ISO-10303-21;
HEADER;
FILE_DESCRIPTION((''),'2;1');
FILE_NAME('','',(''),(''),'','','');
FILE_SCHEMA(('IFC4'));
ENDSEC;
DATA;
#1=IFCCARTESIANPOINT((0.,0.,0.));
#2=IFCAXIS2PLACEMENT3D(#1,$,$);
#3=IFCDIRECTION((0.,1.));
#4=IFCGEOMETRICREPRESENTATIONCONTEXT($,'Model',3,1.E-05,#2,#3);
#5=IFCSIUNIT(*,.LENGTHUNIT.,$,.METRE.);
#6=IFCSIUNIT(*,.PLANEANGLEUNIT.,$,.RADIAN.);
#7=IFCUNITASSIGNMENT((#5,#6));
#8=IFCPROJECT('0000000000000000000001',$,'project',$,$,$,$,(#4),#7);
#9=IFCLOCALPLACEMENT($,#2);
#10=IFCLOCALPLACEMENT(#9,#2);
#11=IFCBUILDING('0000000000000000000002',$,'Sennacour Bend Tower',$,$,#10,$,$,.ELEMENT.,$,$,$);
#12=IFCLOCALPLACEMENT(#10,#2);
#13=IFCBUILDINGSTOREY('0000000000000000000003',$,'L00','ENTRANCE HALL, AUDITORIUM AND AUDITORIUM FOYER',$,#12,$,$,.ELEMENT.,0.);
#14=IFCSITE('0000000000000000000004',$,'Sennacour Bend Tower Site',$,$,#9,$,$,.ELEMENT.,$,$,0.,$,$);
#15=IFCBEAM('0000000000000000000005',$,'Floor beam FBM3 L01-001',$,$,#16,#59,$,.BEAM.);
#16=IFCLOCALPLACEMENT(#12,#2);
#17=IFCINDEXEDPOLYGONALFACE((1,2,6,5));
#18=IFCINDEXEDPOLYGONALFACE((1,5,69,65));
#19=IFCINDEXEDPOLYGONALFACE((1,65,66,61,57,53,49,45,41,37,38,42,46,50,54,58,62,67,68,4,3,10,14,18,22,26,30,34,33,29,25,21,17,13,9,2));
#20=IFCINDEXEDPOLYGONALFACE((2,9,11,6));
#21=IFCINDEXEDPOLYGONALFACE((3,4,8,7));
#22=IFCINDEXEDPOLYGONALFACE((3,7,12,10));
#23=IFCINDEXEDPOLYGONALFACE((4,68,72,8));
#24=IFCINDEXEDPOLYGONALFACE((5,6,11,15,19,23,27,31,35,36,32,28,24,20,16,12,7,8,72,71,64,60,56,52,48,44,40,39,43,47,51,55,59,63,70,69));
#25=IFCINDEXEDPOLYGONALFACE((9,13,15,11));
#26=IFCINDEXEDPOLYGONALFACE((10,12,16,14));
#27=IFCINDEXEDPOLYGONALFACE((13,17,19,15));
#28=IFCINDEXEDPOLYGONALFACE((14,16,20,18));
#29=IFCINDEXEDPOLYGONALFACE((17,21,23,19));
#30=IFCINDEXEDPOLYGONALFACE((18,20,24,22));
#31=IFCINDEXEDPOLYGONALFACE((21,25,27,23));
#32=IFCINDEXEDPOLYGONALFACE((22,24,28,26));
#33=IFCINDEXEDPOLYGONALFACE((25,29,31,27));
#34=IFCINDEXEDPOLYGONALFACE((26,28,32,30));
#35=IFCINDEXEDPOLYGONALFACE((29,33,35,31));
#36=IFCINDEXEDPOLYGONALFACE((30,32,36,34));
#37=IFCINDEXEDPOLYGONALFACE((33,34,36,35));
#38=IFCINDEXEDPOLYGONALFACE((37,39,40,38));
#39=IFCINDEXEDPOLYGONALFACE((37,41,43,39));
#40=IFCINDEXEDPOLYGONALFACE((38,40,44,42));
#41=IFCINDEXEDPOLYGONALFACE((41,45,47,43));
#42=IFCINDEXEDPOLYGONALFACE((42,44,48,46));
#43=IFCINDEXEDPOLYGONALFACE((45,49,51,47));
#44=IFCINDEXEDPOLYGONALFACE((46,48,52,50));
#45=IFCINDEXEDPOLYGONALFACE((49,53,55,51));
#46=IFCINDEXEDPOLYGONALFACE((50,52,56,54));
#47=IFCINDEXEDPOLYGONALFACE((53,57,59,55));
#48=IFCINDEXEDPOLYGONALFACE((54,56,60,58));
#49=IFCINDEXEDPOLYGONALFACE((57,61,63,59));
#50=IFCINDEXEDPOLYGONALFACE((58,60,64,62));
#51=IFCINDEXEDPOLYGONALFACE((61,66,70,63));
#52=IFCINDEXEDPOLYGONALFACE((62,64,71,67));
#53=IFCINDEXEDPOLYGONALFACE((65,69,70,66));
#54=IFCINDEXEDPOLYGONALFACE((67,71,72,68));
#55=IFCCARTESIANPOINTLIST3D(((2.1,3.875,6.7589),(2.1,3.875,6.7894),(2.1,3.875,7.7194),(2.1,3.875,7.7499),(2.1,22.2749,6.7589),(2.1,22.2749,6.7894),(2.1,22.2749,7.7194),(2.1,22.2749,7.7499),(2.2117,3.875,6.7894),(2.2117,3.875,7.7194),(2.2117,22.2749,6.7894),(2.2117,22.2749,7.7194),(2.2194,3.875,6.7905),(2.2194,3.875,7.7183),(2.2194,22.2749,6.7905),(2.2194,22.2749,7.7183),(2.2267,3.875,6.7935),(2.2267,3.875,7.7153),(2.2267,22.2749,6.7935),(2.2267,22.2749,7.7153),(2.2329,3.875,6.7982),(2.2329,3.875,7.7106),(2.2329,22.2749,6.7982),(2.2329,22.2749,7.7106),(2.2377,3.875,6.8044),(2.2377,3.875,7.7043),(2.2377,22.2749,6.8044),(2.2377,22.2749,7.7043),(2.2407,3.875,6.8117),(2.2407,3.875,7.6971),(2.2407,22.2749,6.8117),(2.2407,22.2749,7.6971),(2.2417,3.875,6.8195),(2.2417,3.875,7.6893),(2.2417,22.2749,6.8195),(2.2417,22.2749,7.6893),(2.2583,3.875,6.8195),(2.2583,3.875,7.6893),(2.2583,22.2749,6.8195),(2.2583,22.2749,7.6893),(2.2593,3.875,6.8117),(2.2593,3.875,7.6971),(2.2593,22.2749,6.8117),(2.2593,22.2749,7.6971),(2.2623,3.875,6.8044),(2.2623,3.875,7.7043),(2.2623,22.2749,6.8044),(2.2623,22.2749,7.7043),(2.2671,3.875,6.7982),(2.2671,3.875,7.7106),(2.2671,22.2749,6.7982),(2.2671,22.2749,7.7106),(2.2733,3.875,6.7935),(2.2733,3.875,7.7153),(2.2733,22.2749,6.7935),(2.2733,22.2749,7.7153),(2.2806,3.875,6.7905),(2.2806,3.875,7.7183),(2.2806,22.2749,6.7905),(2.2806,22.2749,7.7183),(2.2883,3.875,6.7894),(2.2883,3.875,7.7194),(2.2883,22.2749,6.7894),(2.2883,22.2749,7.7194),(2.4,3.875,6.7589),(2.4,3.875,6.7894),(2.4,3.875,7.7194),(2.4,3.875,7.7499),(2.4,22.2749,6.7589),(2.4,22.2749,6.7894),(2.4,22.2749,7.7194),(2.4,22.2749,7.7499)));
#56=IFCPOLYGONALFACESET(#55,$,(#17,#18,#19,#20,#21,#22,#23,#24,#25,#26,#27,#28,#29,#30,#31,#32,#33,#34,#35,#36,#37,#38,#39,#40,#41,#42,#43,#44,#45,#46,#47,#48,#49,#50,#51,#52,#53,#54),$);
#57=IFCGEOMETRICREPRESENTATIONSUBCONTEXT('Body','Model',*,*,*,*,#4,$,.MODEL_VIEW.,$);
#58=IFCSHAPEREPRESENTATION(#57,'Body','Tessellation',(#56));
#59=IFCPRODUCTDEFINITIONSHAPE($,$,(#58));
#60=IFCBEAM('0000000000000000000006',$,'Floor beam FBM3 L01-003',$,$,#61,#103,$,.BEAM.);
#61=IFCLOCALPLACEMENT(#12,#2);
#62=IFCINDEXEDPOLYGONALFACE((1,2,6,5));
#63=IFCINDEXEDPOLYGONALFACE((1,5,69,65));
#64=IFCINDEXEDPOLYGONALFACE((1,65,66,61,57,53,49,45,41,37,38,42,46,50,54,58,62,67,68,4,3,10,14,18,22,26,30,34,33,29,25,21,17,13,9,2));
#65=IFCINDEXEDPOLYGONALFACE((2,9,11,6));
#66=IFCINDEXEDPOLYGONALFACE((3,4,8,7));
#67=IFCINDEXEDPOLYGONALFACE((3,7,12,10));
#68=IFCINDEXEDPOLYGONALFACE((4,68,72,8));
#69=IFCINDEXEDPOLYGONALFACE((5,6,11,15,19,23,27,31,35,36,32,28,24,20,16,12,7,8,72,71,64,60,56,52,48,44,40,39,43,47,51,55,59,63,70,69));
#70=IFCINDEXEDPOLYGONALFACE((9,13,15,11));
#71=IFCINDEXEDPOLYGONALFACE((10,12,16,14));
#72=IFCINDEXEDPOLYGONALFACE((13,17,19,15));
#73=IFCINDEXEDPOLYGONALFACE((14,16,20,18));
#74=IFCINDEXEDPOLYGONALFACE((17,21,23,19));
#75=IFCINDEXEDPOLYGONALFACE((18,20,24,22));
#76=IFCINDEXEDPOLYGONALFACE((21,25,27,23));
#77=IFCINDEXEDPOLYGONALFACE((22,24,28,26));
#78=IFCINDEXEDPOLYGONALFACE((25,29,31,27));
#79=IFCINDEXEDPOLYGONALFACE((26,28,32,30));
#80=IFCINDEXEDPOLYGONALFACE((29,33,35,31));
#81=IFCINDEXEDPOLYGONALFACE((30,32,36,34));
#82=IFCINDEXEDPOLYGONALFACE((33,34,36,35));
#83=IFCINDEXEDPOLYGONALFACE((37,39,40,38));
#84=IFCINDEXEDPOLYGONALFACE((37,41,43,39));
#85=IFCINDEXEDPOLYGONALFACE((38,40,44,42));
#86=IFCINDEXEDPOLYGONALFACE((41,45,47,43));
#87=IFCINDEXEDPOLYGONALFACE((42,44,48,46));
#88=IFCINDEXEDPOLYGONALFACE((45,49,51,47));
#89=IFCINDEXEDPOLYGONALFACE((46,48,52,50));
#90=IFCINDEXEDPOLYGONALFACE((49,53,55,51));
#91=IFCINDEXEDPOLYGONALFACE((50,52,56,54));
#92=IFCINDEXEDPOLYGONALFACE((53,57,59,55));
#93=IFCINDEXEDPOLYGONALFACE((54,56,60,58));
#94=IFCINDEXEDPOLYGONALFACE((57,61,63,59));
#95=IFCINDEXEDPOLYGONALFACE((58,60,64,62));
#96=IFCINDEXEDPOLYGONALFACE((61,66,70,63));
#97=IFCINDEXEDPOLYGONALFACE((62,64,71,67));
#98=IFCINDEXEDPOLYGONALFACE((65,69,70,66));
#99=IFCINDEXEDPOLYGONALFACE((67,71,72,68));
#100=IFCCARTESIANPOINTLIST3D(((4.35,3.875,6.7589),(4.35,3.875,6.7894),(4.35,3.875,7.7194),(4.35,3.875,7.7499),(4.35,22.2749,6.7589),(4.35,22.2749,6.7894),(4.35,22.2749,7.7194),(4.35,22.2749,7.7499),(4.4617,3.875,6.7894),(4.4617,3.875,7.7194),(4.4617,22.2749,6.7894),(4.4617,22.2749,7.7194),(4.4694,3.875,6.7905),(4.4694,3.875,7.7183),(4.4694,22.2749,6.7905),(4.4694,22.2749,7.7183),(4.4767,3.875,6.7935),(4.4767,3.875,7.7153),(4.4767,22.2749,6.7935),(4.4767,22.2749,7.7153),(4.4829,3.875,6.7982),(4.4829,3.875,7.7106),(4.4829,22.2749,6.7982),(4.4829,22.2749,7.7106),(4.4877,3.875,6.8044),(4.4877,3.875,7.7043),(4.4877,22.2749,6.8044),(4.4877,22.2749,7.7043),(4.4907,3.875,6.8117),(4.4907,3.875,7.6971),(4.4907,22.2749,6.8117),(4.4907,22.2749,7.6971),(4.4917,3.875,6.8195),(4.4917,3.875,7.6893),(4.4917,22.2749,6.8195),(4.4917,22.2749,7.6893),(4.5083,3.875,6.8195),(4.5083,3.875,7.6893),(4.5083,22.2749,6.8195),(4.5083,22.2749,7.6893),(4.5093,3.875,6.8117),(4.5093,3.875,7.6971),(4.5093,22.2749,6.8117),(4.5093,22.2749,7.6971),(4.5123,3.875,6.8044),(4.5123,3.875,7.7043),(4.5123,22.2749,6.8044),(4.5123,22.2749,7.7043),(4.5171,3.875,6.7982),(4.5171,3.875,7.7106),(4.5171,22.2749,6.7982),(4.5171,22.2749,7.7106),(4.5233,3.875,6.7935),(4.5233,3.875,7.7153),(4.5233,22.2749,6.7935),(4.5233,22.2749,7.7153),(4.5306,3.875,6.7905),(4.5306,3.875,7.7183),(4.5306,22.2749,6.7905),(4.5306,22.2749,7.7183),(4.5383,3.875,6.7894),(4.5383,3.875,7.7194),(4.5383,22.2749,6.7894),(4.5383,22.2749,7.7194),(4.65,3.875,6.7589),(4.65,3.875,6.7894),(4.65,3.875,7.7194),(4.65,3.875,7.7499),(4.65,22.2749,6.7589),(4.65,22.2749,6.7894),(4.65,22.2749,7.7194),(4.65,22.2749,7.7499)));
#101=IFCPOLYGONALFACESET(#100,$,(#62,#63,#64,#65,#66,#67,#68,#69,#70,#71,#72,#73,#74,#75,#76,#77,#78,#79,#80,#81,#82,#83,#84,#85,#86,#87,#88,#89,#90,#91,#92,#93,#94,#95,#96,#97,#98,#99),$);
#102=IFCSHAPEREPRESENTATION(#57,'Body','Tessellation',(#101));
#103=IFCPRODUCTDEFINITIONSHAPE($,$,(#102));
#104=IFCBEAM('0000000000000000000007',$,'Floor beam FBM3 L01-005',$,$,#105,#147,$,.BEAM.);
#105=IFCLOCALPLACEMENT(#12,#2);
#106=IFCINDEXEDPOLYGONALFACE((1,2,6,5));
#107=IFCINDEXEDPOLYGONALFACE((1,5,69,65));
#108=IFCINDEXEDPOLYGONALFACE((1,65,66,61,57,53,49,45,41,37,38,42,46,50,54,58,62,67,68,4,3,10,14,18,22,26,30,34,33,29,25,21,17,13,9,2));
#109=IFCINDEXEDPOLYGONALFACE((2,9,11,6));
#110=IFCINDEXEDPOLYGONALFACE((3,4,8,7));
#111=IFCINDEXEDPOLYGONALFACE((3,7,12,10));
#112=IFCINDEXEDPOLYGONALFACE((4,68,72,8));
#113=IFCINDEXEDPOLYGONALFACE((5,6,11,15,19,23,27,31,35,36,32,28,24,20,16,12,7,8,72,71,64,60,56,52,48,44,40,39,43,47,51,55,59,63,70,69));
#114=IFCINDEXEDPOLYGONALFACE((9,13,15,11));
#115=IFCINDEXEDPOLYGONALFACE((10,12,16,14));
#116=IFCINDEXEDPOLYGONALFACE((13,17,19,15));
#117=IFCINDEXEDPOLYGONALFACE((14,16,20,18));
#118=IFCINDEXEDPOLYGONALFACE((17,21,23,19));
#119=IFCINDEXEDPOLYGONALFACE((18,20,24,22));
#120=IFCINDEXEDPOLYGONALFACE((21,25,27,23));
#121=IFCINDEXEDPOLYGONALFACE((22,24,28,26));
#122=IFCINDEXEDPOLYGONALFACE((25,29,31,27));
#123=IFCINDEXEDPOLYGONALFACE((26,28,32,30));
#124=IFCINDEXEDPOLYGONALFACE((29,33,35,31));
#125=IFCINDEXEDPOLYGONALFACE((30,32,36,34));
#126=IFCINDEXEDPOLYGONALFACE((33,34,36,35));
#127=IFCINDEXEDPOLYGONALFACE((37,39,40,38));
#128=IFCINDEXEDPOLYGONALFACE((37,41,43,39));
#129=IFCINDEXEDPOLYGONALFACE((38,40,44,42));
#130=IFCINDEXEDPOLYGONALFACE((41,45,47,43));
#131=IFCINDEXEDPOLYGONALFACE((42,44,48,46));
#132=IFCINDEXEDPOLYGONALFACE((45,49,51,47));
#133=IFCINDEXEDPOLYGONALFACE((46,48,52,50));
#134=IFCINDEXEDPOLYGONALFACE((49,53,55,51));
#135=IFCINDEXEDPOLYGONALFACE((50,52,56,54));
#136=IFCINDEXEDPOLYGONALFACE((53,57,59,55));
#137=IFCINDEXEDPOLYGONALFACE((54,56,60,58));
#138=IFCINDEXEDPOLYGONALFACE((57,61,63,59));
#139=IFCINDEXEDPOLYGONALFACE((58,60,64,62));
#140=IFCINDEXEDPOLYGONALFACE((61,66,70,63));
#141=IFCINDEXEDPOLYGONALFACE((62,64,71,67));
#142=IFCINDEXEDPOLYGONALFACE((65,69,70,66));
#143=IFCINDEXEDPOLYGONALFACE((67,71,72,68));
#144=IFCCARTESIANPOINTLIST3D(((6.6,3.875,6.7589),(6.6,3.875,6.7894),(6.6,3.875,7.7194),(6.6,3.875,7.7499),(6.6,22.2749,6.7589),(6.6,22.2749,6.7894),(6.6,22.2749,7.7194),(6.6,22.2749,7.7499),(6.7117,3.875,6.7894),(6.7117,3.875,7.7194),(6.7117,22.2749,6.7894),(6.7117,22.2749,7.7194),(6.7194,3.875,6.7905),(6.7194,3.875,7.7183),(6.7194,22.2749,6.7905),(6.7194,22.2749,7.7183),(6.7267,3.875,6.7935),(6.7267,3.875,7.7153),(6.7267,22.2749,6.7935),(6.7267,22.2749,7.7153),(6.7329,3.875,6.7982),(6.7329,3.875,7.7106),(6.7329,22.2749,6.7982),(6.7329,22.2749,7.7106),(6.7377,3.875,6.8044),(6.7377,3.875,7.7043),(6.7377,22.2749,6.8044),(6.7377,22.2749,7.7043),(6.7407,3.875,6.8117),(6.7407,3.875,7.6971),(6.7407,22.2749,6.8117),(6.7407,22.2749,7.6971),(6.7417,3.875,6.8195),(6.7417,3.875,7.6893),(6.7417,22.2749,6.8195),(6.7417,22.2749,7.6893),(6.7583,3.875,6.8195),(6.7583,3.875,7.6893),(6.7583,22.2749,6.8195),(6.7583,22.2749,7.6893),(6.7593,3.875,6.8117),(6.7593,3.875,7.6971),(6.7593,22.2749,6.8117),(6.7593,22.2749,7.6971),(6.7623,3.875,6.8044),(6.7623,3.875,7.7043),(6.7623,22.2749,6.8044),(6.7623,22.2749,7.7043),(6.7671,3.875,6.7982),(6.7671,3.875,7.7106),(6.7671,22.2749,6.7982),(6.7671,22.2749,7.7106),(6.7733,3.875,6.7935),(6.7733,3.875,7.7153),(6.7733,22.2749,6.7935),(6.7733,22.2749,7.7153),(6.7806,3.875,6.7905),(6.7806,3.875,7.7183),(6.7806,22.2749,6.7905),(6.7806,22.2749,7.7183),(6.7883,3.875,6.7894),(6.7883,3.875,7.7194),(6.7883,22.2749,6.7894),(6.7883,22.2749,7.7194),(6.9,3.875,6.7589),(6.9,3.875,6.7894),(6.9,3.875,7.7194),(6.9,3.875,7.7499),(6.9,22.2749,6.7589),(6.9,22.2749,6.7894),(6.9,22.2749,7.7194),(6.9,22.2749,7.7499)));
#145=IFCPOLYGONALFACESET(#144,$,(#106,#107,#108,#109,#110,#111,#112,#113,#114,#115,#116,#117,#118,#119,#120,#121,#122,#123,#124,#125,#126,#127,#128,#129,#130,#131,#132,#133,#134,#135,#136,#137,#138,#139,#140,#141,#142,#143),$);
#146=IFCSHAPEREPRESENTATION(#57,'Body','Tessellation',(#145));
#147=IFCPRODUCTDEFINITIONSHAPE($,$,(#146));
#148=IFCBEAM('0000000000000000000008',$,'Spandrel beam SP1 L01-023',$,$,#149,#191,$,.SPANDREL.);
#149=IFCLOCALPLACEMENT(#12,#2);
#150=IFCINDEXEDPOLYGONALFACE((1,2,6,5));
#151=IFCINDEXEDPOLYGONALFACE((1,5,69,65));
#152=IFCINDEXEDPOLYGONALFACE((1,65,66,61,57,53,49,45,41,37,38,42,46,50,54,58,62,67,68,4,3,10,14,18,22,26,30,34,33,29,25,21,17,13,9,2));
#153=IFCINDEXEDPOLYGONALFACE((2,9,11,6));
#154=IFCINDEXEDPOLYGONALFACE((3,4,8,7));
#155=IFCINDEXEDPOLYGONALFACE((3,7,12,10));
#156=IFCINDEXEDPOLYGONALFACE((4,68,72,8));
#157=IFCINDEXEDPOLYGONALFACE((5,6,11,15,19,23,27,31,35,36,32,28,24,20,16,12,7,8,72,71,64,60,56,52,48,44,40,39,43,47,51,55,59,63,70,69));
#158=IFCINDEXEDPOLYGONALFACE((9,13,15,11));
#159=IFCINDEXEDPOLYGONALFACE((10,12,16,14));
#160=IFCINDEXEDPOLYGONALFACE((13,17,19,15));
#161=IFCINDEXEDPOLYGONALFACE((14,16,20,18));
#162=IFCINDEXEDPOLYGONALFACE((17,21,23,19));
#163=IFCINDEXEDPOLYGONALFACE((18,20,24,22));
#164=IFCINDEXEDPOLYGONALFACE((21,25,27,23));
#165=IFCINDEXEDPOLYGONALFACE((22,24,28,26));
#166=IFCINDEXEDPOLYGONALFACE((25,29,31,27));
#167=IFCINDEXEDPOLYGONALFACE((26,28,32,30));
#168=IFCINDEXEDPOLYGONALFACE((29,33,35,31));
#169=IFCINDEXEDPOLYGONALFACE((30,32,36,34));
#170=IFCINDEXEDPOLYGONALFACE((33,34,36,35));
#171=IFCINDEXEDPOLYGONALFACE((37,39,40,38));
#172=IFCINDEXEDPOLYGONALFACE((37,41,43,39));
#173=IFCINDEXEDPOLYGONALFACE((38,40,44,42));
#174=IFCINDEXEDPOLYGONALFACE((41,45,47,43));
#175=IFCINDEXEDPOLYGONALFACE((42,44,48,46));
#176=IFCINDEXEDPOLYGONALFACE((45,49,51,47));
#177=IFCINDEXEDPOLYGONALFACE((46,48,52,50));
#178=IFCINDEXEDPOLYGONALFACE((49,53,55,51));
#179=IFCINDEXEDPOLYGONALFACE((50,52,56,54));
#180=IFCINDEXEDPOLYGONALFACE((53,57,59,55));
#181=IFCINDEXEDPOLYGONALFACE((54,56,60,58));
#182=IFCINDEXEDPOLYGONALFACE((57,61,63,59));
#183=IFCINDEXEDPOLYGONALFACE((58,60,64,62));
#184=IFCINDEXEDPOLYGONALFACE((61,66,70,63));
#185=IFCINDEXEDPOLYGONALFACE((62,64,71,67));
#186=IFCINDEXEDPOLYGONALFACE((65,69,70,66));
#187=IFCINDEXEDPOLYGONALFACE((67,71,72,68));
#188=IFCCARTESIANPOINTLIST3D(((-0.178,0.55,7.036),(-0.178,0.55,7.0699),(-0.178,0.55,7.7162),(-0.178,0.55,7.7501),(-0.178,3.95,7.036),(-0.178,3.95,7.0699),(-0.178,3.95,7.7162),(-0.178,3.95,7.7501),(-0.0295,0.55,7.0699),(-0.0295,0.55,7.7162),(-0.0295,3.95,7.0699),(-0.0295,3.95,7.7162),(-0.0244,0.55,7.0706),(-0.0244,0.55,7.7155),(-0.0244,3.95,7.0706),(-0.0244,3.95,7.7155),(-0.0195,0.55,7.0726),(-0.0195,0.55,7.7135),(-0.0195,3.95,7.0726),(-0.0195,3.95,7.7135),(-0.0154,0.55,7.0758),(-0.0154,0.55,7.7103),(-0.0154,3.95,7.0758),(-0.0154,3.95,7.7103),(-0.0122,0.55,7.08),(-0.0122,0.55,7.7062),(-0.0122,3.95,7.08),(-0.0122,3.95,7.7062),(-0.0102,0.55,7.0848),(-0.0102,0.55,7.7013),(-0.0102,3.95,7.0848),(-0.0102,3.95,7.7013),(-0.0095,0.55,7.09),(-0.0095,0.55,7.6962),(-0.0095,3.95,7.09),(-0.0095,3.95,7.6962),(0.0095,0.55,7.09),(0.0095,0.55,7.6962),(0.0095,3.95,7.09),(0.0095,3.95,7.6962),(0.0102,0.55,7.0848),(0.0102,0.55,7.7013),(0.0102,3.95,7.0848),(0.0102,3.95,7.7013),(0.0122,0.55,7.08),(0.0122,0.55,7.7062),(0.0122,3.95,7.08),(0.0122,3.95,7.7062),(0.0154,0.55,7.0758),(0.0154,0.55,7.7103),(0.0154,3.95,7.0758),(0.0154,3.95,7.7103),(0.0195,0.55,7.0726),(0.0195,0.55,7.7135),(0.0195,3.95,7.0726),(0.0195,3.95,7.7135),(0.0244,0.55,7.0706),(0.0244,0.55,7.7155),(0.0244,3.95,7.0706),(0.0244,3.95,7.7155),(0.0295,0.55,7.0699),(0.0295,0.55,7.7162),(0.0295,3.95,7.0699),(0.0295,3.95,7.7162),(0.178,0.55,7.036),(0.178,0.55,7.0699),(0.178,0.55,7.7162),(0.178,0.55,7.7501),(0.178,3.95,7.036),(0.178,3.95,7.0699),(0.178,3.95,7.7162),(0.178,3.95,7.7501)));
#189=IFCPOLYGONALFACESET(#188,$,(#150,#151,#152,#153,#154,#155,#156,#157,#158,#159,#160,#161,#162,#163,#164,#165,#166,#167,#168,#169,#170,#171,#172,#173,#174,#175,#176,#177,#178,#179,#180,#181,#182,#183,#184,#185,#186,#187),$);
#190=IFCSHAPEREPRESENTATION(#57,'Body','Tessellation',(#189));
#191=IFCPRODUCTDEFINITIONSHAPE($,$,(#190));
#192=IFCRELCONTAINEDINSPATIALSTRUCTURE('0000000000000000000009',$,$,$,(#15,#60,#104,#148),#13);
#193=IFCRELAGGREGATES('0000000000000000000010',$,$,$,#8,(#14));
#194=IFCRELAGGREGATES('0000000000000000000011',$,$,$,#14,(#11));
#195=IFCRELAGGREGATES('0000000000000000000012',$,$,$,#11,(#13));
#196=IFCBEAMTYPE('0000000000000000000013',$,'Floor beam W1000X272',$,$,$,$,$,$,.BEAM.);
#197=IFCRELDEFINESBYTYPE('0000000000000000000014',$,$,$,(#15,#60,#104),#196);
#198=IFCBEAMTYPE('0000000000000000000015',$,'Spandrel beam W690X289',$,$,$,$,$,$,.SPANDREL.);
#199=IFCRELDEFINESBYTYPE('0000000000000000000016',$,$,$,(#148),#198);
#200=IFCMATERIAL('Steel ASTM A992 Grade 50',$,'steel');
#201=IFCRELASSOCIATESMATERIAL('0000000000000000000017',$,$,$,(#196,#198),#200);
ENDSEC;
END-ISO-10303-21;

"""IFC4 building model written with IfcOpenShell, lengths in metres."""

from ifc_helpers import new_model, si_unit, direction, frame, origin, origin_2d, place, context, subcontext, project, spatial, i_section, extrude, material, material_profile, profile_set, type_object, element, save


model = new_model("IFC4")

# Units and contexts
model_context = context("Model", 3, precision=1e-05, world=origin(), true_north=direction((0.0, 1.0)))
body_context = subcontext(model_context, "Body", "Model", "MODEL_VIEW")
ifc_project = project(units=[si_unit("LENGTHUNIT", "METRE"), si_unit("PLANEANGLEUNIT", "RADIAN")], contexts=[model_context])

# Site, building, storey
site_placement = place(None, origin())
site = spatial("IfcSite", under=ifc_project, at=site_placement, Name="Sennacour Bend Tower Site", CompositionType="ELEMENT", RefElevation=0.0)
building_placement = place(site_placement, origin())
building = spatial("IfcBuilding", under=site, at=building_placement, Name="Sennacour Bend Tower", CompositionType="ELEMENT")
storey_placement = place(building_placement, origin())
storey = spatial("IfcBuildingStorey", under=building, at=storey_placement, Name="L00", Description="ENTRANCE HALL, AUDITORIUM AND AUDITORIUM FOYER", CompositionType="ELEMENT", Elevation=0.0)

# Beams
ifc_material_1 = material(Name="Steel ASTM A992 Grade 50", Category="steel")
ifc_material_profile_1 = material_profile(ifc_material_1, i_section(OverallWidth=0.3, OverallDepth=0.991, WebThickness=0.0166, FlangeThickness=0.0305, FilletRadius=0.03, at=origin_2d()), Name="Steel ASTM A992 Grade 50", Category="steel")
ifc_profile_set_1 = profile_set([ifc_material_profile_1], Name="Steel ASTM A992 Grade 50")
beam_type_1 = type_object("IfcBeamType", Name="Floor beam W1000X272", PredefinedType="BEAM", material=ifc_profile_set_1)
for number, where, z_axis, x_axis, name in (
    (1, (2.25, 3.875, 7.2544), (0.0, 1.0, 0.0), (-1.0, 0.0, 0.0), "Floor beam FBM3 L01-001"),
    (2, (4.5, 3.875, 7.2544), (0.0, 1.0, 0.0), (-1.0, 0.0, 0.0), "Floor beam FBM3 L01-003"),
    (3, (6.75, 3.875, 7.2544), (0.0, 1.0, 0.0), (-1.0, 0.0, 0.0), "Floor beam FBM3 L01-005"),
):
    element("IfcBeam", number, at=place(storey_placement, frame(where, z_axis=z_axis, x_axis=x_axis)), inside=storey, type_object=beam_type_1, Name=name, PredefinedType="BEAM", context=body_context, shape_type="SweptSolid", body=[
        extrude(i_section(OverallWidth=0.3, OverallDepth=0.991, WebThickness=0.0166, FlangeThickness=0.0305, FilletRadius=0.03, at=origin_2d()), origin(), (0.0, 0.0, 1.0), 18.3999),
    ])
ifc_material_profile_2 = material_profile(ifc_material_1, i_section(OverallWidth=0.356, OverallDepth=0.7141, WebThickness=0.019, FlangeThickness=0.0339, FilletRadius=0.02, at=origin_2d()), Name="Steel ASTM A992 Grade 50", Category="steel")
ifc_profile_set_2 = profile_set([ifc_material_profile_2], Name="Steel ASTM A992 Grade 50")
beam_type_2 = type_object("IfcBeamType", Name="Spandrel beam W690X289", PredefinedType="SPANDREL", material=ifc_profile_set_2)
beam_placement = place(storey_placement, frame((0.0, 3.95, 7.3931), z_axis=(0.0, -1.0, 0.0), x_axis=(1.0, 0.0, 0.0)))
element("IfcBeam", 4, at=beam_placement, inside=storey, type_object=beam_type_2, Name="Spandrel beam SP1 L01-023", PredefinedType="SPANDREL", context=body_context, shape_type="SweptSolid", body=[
    extrude(i_section(OverallWidth=0.356, OverallDepth=0.7141, WebThickness=0.019, FlangeThickness=0.0339, FilletRadius=0.02, at=origin_2d()), origin(), (0.0, 0.0, 1.0), 3.3999),
])

save(model, "model.ifc")
